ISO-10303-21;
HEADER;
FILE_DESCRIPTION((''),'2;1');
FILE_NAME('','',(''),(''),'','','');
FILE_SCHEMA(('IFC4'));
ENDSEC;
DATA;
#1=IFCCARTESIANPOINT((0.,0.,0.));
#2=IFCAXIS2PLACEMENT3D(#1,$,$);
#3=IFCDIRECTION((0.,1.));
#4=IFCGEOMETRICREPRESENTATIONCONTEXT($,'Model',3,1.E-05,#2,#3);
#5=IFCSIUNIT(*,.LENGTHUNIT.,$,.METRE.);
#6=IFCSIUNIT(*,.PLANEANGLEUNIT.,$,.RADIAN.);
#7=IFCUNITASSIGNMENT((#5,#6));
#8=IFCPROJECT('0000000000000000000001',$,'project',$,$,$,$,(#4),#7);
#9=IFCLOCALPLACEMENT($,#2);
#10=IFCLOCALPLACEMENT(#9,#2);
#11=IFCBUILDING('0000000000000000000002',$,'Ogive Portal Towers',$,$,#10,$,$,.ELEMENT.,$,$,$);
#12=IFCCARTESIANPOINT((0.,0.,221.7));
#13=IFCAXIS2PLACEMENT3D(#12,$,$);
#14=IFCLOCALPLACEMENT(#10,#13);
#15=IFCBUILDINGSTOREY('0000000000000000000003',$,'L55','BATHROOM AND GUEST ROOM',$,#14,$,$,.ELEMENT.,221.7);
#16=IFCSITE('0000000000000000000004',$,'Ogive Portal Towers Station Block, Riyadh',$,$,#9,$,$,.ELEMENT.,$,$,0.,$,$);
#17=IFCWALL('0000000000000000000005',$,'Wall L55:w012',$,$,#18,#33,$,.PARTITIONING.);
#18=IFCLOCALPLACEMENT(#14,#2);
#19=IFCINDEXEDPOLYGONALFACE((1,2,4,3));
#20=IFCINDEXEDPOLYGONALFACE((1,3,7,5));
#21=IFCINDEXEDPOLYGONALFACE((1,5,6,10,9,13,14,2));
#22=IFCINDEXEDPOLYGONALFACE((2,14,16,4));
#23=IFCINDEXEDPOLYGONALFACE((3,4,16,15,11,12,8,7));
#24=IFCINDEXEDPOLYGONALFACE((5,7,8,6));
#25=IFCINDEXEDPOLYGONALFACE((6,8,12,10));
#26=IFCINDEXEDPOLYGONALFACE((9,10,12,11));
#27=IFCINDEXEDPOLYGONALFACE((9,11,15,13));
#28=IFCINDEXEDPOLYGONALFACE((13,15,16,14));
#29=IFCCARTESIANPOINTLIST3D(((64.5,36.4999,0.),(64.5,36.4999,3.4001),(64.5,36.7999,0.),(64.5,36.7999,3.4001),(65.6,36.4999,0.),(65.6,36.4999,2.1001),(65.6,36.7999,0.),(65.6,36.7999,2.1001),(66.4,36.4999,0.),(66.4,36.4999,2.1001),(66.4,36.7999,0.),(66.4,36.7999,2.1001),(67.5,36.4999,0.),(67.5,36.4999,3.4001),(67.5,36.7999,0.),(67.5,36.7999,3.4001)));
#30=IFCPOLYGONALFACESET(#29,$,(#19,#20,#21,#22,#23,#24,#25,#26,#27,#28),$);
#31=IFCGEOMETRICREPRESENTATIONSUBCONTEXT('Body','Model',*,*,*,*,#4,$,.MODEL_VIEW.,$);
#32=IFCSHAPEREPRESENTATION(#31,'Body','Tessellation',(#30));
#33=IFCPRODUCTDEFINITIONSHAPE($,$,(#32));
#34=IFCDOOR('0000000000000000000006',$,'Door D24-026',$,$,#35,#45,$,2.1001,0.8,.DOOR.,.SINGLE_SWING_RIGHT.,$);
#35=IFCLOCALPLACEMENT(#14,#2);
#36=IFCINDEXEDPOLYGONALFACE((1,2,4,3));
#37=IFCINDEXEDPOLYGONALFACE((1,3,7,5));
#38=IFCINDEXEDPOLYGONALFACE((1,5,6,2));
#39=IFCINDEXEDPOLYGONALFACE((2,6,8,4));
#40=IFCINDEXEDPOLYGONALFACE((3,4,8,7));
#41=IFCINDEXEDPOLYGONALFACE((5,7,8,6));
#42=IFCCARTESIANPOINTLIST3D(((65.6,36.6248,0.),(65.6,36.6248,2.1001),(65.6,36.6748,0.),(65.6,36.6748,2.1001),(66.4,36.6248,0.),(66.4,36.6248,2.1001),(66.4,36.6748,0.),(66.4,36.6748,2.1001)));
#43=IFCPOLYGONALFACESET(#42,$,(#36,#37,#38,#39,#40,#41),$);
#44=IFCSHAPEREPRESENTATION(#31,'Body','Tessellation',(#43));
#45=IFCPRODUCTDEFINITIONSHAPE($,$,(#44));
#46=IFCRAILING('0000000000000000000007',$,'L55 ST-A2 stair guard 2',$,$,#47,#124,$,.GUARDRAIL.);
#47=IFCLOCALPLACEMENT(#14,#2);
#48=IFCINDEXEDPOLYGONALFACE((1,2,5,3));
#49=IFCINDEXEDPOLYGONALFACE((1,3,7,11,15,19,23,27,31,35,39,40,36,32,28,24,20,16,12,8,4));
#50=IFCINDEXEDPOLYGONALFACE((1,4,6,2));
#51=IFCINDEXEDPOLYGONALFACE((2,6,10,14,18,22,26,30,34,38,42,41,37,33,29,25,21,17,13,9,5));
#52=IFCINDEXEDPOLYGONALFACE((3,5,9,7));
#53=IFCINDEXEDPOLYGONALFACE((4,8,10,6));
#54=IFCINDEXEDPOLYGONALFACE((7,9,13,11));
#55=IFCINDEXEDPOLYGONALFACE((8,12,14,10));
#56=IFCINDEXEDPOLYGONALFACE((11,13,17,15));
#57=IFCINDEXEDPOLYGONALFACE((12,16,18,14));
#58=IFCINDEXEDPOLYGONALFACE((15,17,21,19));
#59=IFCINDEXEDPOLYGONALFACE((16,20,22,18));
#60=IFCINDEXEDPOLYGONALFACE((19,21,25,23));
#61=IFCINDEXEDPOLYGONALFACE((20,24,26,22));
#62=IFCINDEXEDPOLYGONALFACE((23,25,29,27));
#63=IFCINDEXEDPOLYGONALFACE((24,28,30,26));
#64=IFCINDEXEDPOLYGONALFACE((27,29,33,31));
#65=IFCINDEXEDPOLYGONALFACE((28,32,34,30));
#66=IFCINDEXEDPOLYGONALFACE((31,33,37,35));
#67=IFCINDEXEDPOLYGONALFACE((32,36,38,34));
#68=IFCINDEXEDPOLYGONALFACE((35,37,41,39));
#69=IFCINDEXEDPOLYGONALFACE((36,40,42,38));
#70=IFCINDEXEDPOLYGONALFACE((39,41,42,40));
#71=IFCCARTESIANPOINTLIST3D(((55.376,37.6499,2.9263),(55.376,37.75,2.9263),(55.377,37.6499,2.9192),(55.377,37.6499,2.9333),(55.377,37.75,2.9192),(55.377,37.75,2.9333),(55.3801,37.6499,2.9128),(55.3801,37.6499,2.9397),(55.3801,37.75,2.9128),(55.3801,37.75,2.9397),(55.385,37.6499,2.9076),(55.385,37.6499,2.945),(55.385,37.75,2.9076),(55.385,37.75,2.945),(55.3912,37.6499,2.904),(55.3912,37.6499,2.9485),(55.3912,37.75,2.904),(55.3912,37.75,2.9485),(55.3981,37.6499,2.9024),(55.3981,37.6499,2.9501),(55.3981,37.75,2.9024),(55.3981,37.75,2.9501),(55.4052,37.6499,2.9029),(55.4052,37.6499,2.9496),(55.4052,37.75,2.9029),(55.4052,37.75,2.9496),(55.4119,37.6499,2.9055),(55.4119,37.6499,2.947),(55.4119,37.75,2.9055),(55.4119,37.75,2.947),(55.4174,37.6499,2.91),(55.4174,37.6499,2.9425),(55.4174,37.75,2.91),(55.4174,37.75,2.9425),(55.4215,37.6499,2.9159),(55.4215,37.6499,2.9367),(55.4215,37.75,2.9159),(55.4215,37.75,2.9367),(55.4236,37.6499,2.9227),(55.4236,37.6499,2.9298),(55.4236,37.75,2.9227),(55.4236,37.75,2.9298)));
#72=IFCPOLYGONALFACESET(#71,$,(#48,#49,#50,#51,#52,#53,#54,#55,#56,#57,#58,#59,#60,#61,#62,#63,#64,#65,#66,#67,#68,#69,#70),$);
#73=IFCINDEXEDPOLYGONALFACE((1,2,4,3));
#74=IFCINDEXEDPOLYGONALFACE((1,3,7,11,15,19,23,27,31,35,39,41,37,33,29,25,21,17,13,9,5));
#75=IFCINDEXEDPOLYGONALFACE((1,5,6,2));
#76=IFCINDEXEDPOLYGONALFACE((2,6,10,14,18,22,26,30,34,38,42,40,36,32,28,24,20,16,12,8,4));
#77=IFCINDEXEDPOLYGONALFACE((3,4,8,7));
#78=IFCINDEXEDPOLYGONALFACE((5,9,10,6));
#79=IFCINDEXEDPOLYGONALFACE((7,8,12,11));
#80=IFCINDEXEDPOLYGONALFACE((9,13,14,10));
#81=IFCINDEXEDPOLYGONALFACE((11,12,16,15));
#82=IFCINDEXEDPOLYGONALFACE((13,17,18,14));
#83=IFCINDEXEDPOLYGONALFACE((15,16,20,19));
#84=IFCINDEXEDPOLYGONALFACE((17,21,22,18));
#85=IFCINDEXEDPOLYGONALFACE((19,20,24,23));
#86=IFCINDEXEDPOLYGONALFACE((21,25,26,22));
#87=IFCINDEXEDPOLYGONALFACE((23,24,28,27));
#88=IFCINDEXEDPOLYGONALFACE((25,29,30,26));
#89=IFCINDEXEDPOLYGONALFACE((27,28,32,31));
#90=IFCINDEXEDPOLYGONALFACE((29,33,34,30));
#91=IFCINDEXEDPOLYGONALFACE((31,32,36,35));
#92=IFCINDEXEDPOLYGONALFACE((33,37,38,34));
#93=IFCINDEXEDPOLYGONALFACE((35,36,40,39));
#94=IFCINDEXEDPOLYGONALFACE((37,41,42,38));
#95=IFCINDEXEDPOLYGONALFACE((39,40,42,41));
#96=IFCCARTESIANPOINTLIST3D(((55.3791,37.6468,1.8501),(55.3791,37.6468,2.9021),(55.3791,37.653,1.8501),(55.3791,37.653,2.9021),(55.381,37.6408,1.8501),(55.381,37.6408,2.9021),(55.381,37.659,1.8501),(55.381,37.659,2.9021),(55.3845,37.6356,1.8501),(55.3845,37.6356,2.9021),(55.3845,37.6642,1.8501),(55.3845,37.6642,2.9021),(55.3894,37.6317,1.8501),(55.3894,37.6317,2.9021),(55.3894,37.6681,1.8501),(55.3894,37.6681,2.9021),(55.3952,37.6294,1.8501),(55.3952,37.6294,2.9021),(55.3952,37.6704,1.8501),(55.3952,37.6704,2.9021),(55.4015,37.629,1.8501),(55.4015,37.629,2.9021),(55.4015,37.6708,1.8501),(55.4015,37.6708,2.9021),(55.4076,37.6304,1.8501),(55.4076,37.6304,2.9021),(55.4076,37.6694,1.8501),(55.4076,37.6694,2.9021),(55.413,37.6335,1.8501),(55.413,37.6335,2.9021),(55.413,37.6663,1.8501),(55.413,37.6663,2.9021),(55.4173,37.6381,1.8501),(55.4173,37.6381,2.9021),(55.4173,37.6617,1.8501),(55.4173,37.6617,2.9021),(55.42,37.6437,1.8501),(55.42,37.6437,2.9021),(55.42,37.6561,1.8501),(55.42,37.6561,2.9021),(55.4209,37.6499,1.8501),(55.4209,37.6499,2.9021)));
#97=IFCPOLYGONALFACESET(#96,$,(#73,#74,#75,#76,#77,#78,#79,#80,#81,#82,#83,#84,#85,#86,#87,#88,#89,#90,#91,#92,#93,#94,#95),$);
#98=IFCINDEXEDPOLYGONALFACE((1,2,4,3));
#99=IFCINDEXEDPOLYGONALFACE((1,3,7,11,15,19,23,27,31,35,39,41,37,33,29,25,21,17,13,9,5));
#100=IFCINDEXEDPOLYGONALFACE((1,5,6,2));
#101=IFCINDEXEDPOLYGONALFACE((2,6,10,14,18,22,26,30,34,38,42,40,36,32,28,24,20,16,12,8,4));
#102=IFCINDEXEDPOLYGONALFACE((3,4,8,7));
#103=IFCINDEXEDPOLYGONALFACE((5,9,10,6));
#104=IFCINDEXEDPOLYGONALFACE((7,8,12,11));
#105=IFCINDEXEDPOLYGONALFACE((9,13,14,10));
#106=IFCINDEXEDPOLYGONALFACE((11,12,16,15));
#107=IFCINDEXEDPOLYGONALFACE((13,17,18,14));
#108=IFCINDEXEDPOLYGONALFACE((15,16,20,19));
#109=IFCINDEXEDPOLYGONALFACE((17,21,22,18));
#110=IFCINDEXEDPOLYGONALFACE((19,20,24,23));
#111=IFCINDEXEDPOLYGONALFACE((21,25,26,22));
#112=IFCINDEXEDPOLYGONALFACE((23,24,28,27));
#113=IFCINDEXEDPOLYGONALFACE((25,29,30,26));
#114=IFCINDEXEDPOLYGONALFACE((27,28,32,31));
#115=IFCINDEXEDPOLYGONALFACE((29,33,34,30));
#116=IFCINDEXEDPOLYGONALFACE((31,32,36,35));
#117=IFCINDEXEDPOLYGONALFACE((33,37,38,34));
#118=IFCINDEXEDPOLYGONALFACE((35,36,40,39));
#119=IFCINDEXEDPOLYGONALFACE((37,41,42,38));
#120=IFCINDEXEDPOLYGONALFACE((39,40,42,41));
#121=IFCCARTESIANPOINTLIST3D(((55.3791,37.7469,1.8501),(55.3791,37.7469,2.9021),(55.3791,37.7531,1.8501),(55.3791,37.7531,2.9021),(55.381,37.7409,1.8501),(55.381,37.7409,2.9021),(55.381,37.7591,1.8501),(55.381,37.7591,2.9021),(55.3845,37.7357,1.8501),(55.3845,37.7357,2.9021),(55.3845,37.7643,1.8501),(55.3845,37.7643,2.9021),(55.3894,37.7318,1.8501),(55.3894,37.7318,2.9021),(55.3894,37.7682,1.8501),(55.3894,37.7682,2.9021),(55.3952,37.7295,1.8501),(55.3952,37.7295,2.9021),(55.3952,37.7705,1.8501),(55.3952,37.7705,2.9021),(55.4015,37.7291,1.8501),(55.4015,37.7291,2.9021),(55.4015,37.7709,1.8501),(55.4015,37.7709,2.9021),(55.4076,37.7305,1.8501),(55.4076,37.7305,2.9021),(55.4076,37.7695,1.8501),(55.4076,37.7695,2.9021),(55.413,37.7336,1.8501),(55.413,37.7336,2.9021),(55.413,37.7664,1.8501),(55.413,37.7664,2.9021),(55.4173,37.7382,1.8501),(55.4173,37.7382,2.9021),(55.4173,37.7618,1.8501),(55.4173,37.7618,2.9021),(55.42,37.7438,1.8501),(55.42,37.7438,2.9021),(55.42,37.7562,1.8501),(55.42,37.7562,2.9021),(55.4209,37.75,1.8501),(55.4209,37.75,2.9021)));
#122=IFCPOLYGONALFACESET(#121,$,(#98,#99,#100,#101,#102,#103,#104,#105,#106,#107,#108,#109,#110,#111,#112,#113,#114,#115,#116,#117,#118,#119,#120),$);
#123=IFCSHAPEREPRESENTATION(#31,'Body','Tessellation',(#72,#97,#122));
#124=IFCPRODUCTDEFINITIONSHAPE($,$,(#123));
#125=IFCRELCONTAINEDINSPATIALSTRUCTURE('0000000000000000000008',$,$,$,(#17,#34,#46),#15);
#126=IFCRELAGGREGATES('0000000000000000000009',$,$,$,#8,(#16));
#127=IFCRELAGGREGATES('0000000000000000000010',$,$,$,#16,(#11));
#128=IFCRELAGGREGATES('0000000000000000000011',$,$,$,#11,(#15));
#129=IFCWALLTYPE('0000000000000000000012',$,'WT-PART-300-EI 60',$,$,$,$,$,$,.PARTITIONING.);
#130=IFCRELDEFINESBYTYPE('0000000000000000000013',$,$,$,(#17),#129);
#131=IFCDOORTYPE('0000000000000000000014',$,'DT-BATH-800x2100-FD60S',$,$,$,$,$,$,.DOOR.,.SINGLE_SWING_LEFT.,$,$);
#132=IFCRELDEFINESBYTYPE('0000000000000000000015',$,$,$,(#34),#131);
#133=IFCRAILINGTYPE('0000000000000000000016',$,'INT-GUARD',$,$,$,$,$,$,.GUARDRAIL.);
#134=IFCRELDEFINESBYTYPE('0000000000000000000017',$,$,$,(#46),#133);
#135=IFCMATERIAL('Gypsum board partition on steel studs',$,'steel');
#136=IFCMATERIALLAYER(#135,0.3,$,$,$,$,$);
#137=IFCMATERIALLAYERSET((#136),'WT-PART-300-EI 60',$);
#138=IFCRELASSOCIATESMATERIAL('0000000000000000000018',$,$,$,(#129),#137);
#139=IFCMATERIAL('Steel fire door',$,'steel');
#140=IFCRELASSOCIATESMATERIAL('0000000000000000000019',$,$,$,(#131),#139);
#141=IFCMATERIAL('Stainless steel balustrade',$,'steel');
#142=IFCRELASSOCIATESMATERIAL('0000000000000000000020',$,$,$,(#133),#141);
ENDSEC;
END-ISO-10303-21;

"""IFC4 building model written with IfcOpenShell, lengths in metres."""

from ifc_helpers import new_model, si_unit, direction, frame, frame_2d, origin, origin_2d, place, context, subcontext, project, spatial, rectangle, circle, extrude, material, layer, layer_set, type_object, element, fill, save


model = new_model("IFC4")

# Units and contexts
model_context = context("Model", 3, precision=1e-05, world=origin(), true_north=direction((0.0, 1.0)))
body_context = subcontext(model_context, "Body", "Model", "MODEL_VIEW")
ifc_project = project(units=[si_unit("LENGTHUNIT", "METRE"), si_unit("PLANEANGLEUNIT", "RADIAN")], contexts=[model_context])

# Site, building, storey
site_placement = place(None, origin())
site = spatial("IfcSite", under=ifc_project, at=site_placement, Name="Ogive Portal Towers Station Block, Riyadh", CompositionType="ELEMENT", RefElevation=0.0)
building_placement = place(site_placement, origin())
building = spatial("IfcBuilding", under=site, at=building_placement, Name="Ogive Portal Towers", CompositionType="ELEMENT")
storey_placement = place(building_placement, frame((0.0, 0.0, 221.7)))
storey = spatial("IfcBuildingStorey", under=building, at=storey_placement, Name="L55", Description="BATHROOM AND GUEST ROOM", CompositionType="ELEMENT", Elevation=221.7)

# Shared definitions
ifc_material_1 = material(Name="Gypsum board partition on steel studs", Category="steel")

# Wall, opening, door
ifc_layer_1 = layer(ifc_material_1, 0.3)
ifc_layer_set_1 = layer_set([ifc_layer_1], Name="WT-PART-300-EI 60")
wall_type_1 = type_object("IfcWallType", Name="WT-PART-300-EI 60", PredefinedType="PARTITIONING", material=ifc_layer_set_1)
ifc_material_2 = material(Name="Steel fire door", Category="steel")
door_type = type_object("IfcDoorType", Name="DT-BATH-800x2100-FD60S", OperationType="SINGLE_SWING_LEFT", PredefinedType="DOOR", material=ifc_material_2)
wall_1_placement = place(storey_placement, frame((64.5, 36.6499, 0.0), z_axis=(0.0, 0.0, 1.0), x_axis=(1.0, 0.0, 0.0)))
wall_1 = element("IfcWall", 1, at=wall_1_placement, inside=storey, type_object=wall_type_1, Name="Wall L55:w012", PredefinedType="PARTITIONING", context=body_context, shape_type="SweptSolid", body=[
    extrude(rectangle(XDim=3.0, YDim=0.3, at=frame_2d((1.5, 0.0))), origin(), (0.0, 0.0, 1.0), 3.4001),
])
opening_1_placement = place(wall_1_placement, frame((1.1001, 0.0, 0.0)))
opening_1 = element("IfcOpeningElement", 2, at=opening_1_placement, cuts=wall_1, PredefinedType="OPENING", context=body_context, shape_type="SweptSolid", body=[
    extrude(rectangle(XDim=0.8, YDim=2.1001, at=frame_2d((0.3999, 1.05))), frame((0.0, 0.1602, 0.0), z_axis=(0.0, -1.0, 0.0), x_axis=(1.0, 0.0, 0.0)), (0.0, 0.0, 1.0), 0.3201),
])
door_1_placement = place(opening_1_placement, origin())
door_1 = element("IfcDoor", 3, at=door_1_placement, inside=storey, type_object=door_type, Name="Door D24-026", OperationType="SINGLE_SWING_RIGHT", OverallHeight=2.1001, OverallWidth=0.8, PredefinedType="DOOR", context=body_context, shape_type="SweptSolid", body=[
    extrude(rectangle(XDim=0.8, YDim=2.1001, at=frame_2d((0.3999, 1.05))), frame((0.0, 0.0249, 0.0), z_axis=(0.0, -1.0, 0.0), x_axis=(1.0, 0.0, 0.0)), (0.0, 0.0, 1.0), 0.05),
])
fill(opening_1, door_1)

# Railing
ifc_material_3 = material(Name="Stainless steel balustrade", Category="steel")
railing_type_1 = type_object("IfcRailingType", Name="INT-GUARD", PredefinedType="GUARDRAIL", material=ifc_material_3)
railing_1_placement = place(storey_placement, frame((55.3999, 37.6499, 1.8501)))
element("IfcRailing", 4, at=railing_1_placement, inside=storey, type_object=railing_type_1, Name="L55 ST-A2 stair guard 2", PredefinedType="GUARDRAIL", context=body_context, shape_type="SweptSolid", body=[
    extrude(circle(Radius=0.0239, at=origin_2d()), frame((0.0, 0.0, 1.0762), z_axis=(0.0, 1.0, 0.0), x_axis=(-1.0, 0.0, 0.0)), (0.0, 0.0, 1.0), 0.1001),
    extrude(circle(Radius=0.021, at=origin_2d()), origin(), (0.0, 0.0, 1.0), 1.052),
    extrude(circle(Radius=0.021, at=origin_2d()), frame((0.0, 0.1001, 0.0)), (0.0, 0.0, 1.0), 1.052),
])

save(model, "model.ifc")
